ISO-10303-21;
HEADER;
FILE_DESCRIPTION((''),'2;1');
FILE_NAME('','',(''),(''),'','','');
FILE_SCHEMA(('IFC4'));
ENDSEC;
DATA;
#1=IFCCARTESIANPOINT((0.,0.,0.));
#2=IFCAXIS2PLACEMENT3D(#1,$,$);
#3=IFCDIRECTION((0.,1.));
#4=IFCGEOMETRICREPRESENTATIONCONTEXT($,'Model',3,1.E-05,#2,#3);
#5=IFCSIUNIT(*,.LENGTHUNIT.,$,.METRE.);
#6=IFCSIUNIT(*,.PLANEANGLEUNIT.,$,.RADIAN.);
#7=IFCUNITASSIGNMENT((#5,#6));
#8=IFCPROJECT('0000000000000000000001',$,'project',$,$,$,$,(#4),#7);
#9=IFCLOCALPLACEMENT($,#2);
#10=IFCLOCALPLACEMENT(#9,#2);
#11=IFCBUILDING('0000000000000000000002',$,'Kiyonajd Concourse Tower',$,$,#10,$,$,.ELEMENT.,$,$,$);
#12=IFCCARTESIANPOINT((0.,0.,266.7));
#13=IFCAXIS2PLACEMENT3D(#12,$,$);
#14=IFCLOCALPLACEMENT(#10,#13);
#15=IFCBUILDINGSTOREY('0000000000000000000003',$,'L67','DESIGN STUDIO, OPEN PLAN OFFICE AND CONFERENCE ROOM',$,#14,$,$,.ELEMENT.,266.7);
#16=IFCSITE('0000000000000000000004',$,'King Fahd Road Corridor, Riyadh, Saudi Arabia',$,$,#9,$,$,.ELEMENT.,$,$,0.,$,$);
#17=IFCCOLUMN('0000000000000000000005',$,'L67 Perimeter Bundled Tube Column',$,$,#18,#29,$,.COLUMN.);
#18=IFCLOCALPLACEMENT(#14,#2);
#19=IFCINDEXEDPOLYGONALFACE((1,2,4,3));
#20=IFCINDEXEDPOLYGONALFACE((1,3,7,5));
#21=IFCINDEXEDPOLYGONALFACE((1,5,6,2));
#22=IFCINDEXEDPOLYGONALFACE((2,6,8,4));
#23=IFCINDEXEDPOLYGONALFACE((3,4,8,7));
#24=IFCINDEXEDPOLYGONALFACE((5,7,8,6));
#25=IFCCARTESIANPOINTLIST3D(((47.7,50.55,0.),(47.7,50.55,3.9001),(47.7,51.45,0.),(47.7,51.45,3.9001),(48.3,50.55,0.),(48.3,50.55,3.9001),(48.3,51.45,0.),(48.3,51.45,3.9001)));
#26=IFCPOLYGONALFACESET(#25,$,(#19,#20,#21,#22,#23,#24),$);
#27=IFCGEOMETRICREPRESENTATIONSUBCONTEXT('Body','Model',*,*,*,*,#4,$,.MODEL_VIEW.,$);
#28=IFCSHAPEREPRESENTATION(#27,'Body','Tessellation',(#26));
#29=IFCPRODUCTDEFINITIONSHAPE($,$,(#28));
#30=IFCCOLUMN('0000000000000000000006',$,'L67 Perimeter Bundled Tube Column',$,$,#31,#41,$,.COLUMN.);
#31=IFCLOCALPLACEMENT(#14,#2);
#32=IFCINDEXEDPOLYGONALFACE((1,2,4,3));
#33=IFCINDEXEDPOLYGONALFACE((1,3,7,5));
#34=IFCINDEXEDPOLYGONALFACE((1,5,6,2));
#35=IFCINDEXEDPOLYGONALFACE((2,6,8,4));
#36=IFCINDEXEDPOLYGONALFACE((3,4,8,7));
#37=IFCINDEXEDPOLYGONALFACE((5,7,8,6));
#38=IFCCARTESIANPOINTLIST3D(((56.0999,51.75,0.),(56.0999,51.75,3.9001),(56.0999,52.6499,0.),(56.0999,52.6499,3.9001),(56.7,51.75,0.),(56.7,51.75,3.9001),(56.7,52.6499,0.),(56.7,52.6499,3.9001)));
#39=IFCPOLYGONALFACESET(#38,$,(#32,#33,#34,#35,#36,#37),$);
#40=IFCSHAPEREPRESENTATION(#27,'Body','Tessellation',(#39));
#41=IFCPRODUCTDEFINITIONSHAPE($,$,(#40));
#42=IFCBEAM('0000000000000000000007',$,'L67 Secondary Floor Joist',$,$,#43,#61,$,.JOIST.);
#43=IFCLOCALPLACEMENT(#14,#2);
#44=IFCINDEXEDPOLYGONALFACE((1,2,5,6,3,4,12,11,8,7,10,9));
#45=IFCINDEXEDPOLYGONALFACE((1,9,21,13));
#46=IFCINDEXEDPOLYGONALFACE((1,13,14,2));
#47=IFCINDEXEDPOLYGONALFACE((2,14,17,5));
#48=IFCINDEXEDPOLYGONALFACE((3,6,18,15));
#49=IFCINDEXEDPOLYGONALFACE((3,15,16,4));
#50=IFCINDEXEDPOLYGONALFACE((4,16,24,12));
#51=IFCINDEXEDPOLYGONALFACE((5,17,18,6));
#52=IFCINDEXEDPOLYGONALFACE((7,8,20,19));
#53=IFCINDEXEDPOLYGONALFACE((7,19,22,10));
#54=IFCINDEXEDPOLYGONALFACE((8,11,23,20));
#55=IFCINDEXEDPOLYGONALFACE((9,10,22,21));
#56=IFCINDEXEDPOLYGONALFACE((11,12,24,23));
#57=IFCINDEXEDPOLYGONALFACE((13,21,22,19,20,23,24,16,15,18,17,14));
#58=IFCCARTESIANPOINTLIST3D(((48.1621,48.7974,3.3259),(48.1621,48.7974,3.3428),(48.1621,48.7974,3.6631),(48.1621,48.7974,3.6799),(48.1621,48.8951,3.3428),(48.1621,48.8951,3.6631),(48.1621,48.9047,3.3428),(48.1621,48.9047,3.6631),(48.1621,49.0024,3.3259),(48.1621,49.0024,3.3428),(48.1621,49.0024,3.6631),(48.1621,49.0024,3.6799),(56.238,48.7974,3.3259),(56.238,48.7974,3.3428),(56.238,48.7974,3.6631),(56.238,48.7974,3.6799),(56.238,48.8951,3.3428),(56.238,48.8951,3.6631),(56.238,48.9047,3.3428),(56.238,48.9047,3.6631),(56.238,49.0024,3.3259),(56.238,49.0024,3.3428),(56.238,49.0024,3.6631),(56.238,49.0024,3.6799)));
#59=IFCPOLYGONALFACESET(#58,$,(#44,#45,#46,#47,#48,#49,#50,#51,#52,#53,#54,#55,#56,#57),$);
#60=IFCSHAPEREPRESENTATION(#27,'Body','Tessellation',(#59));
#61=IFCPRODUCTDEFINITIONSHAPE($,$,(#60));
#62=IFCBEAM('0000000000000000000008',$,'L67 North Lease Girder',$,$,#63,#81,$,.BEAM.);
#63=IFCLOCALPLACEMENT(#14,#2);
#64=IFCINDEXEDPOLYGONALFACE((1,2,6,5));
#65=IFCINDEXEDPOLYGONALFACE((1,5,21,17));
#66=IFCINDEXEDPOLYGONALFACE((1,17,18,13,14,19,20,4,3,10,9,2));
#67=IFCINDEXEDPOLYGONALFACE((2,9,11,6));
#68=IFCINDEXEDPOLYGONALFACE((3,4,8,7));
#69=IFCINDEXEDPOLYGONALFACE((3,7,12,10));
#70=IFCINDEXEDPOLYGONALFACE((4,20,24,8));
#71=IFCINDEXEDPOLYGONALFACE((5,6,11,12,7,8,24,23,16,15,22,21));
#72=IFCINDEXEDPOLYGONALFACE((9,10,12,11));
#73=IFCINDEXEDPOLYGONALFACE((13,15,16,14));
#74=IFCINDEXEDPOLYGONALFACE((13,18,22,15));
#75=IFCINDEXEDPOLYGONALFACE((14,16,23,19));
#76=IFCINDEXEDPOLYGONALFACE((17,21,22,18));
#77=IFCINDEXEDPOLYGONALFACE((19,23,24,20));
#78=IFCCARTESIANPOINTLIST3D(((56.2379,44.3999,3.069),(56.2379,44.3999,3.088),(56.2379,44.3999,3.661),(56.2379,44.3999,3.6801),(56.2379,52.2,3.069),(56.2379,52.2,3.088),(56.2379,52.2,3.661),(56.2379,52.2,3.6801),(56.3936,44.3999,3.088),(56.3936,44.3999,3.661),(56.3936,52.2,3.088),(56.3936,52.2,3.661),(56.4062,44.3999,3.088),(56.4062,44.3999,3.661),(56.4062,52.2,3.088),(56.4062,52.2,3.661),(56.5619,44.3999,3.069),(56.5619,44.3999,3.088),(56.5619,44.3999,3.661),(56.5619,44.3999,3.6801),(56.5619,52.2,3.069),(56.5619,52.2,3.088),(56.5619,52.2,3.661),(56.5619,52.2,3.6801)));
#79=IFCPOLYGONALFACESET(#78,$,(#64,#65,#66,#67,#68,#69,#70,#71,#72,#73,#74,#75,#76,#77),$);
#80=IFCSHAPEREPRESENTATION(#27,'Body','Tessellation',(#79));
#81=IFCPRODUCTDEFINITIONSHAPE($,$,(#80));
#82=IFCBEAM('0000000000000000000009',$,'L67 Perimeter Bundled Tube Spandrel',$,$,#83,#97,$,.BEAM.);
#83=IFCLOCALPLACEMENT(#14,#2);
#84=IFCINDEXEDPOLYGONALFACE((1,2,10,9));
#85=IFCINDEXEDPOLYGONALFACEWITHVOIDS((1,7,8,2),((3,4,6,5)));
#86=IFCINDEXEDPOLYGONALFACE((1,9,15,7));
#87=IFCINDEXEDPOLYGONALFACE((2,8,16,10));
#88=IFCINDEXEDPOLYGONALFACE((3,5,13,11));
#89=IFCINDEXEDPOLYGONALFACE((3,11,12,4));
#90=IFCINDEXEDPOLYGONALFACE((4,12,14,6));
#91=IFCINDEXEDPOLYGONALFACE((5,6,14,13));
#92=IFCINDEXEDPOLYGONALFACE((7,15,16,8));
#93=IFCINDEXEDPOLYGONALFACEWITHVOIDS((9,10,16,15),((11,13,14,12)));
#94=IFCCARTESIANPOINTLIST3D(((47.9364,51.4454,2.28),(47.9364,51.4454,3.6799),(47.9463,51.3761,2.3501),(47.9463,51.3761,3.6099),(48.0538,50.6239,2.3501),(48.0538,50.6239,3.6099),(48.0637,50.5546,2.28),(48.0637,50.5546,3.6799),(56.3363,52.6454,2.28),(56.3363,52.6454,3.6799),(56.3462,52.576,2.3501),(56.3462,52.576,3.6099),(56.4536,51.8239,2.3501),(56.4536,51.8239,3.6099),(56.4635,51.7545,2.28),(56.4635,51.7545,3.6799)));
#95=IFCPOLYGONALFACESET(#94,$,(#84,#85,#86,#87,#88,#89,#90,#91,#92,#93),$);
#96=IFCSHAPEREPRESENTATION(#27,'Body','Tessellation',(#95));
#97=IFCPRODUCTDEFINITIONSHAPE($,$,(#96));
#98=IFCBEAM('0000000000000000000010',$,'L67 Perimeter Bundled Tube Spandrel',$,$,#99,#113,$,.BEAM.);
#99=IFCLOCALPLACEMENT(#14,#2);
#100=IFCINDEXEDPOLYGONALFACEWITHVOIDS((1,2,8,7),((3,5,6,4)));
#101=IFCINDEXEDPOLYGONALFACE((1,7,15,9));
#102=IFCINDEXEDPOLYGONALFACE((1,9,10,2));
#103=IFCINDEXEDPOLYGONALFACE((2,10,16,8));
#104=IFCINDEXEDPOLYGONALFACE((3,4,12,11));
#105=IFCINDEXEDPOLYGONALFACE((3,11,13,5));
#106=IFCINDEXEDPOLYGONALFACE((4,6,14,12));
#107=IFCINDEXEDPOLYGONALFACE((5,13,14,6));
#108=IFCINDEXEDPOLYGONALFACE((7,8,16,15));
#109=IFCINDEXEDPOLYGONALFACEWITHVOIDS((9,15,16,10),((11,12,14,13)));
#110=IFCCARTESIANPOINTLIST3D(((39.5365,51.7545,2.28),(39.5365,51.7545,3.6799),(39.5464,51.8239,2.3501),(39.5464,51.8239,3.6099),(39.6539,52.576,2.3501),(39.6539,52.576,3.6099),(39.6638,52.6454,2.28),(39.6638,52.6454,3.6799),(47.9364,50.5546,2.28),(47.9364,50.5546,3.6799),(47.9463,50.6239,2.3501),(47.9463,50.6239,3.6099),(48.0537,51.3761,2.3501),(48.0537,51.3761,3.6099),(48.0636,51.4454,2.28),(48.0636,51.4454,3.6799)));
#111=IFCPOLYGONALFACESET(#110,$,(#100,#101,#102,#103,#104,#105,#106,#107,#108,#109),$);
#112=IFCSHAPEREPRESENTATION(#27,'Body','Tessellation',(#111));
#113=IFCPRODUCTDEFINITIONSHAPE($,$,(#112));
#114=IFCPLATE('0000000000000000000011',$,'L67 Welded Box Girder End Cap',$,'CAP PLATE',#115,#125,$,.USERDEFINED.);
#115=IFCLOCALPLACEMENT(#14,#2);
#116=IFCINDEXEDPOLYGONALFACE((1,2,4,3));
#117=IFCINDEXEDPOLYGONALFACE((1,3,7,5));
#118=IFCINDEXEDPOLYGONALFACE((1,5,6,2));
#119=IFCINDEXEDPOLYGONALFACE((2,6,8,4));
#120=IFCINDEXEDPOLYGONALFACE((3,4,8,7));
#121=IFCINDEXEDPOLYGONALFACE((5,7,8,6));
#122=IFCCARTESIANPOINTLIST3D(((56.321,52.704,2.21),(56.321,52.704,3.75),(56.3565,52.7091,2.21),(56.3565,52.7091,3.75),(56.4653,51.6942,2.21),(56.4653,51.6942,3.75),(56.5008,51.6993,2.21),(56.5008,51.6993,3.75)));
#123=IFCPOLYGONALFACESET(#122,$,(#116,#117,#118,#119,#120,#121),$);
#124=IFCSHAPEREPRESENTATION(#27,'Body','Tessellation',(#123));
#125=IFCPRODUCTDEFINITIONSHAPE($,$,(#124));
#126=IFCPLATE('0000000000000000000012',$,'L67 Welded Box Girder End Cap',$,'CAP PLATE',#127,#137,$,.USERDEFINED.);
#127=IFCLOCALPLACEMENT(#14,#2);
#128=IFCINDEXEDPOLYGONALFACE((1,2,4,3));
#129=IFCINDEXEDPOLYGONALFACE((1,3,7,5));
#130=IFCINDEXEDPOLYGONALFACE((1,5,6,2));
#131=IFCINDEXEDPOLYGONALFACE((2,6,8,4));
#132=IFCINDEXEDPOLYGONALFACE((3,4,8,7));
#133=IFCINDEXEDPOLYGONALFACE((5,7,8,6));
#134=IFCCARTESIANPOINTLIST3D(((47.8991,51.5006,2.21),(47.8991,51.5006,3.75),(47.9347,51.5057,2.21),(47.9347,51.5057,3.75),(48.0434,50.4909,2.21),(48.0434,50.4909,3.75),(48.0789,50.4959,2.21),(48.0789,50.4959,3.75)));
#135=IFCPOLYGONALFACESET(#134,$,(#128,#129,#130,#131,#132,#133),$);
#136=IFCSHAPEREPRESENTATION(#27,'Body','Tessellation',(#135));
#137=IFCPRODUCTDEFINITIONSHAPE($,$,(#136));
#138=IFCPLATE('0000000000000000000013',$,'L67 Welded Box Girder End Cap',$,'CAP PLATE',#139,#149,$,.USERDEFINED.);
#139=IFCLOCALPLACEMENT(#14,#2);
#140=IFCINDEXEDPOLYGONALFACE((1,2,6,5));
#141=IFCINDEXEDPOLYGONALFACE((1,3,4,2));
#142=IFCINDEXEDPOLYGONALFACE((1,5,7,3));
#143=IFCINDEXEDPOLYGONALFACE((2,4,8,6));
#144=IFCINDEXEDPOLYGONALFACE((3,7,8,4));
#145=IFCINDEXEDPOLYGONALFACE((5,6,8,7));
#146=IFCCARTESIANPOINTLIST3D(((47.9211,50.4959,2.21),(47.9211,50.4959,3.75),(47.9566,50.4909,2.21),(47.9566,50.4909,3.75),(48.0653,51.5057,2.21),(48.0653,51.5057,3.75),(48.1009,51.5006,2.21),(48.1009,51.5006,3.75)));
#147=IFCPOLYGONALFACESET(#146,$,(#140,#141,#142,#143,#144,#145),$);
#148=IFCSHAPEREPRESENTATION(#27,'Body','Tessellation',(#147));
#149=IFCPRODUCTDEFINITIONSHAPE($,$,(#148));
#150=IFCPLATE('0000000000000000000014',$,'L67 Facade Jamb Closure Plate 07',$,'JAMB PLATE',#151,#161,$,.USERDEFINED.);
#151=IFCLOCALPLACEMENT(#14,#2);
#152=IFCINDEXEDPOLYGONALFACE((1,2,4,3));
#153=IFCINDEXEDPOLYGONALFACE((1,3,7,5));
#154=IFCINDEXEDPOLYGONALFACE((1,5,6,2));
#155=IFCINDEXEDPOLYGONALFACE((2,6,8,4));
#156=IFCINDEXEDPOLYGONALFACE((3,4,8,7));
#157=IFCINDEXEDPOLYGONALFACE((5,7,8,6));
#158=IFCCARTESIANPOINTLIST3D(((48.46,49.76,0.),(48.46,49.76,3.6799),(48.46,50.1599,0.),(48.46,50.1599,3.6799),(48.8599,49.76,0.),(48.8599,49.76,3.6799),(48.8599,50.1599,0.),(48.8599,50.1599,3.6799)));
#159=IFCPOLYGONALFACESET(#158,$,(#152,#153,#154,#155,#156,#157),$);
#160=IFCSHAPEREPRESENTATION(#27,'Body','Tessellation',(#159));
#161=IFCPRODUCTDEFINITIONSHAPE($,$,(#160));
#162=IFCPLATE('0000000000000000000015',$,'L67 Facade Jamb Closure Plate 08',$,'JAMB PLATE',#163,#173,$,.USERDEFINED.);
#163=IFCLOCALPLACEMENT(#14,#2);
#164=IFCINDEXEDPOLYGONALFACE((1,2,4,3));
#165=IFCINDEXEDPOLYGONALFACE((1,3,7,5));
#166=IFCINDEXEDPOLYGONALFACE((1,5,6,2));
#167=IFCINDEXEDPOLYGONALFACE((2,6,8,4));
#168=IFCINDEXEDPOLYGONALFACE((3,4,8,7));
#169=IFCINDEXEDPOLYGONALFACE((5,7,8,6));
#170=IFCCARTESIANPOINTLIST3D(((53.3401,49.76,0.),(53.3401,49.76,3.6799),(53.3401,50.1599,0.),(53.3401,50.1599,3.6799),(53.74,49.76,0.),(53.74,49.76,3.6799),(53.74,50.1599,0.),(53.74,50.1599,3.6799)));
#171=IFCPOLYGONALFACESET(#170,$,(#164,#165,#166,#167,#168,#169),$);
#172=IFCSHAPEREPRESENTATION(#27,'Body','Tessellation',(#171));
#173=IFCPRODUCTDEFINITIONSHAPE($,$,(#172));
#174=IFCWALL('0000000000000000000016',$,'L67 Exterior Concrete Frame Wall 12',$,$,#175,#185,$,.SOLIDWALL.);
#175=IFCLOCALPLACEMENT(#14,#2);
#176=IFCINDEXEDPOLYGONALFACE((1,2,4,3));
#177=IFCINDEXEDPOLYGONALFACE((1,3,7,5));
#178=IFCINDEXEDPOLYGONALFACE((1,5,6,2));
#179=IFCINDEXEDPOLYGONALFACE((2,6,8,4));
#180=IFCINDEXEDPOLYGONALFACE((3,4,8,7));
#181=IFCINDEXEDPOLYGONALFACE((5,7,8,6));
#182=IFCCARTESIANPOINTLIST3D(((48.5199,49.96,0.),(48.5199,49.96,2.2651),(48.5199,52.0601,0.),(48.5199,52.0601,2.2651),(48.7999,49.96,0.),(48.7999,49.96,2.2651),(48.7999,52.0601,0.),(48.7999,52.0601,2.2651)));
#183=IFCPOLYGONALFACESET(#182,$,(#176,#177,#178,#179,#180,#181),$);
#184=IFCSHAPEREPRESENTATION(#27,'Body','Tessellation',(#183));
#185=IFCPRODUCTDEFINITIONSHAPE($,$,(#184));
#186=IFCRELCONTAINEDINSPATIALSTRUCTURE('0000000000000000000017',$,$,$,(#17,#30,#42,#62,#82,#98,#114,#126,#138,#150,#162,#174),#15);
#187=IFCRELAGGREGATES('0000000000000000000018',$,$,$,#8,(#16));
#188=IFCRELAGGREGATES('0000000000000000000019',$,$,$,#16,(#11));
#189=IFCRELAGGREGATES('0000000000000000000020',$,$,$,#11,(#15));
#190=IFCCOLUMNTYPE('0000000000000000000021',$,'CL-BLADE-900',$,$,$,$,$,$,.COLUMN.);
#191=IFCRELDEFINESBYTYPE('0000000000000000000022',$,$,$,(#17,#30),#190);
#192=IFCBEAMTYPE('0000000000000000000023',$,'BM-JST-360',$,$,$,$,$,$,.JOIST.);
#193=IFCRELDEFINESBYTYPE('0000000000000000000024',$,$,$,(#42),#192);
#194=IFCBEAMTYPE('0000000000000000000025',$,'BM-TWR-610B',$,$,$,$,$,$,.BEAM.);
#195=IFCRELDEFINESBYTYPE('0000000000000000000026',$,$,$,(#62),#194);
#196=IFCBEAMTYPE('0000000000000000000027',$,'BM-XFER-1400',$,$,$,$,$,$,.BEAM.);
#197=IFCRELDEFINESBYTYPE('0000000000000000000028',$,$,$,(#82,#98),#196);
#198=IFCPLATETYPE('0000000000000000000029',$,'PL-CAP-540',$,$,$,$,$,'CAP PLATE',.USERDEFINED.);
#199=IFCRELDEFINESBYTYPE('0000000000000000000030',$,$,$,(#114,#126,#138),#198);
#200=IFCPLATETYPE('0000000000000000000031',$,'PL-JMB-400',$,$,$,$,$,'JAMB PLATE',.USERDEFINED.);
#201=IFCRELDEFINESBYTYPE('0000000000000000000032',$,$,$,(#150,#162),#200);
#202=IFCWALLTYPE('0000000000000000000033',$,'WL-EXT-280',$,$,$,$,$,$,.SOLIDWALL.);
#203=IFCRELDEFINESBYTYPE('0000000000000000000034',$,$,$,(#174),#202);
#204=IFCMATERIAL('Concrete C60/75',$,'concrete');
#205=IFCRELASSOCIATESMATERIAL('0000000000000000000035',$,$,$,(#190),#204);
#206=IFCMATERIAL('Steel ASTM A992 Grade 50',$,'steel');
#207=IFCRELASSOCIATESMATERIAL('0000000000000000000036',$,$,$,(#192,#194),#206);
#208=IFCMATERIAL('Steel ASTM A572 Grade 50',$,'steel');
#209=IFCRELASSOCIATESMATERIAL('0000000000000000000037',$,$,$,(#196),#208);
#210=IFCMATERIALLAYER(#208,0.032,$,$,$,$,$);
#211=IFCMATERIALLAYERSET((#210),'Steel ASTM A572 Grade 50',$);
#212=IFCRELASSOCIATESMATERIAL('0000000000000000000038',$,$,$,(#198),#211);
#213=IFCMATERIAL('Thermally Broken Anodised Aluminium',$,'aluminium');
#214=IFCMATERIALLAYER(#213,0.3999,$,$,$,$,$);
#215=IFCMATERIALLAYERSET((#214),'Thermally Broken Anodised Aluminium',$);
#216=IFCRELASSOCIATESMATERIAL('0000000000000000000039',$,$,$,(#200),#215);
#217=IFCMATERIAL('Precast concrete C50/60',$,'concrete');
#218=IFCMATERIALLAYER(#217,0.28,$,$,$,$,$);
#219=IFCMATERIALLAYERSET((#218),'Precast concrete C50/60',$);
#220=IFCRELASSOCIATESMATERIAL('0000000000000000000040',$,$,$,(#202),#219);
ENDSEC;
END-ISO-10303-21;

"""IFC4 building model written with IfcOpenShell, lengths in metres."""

from ifc_helpers import new_model, si_unit, direction, frame, frame_2d, origin, origin_2d, place, context, subcontext, project, spatial, rectangle, hollow_rectangle, i_section, extrude, material, layer, layer_set, material_profile, profile_set, type_object, element, save


model = new_model("IFC4")

# Units and contexts
model_context = context("Model", 3, precision=1e-05, world=origin(), true_north=direction((0.0, 1.0)))
body_context = subcontext(model_context, "Body", "Model", "MODEL_VIEW")
ifc_project = project(units=[si_unit("LENGTHUNIT", "METRE"), si_unit("PLANEANGLEUNIT", "RADIAN")], contexts=[model_context])

# Site, building, storey
site_placement = place(None, origin())
site = spatial("IfcSite", under=ifc_project, at=site_placement, Name="King Fahd Road Corridor, Riyadh, Saudi Arabia", CompositionType="ELEMENT", RefElevation=0.0)
building_placement = place(site_placement, origin())
building = spatial("IfcBuilding", under=site, at=building_placement, Name="Kiyonajd Concourse Tower", CompositionType="ELEMENT")
storey_placement = place(building_placement, frame((0.0, 0.0, 266.7)))
storey = spatial("IfcBuildingStorey", under=building, at=storey_placement, Name="L67", Description="DESIGN STUDIO, OPEN PLAN OFFICE AND CONFERENCE ROOM", CompositionType="ELEMENT", Elevation=266.7)

# Columns
ifc_material_1 = material(Name="Concrete C60/75", Category="concrete")
ifc_material_profile_1 = material_profile(ifc_material_1, rectangle(XDim=0.6001, YDim=0.8999, at=origin_2d()), Name="RC-900x600")
ifc_profile_set_1 = profile_set([ifc_material_profile_1], Name="Concrete C60/75")
column_type = type_object("IfcColumnType", Name="CL-BLADE-900", PredefinedType="COLUMN", material=ifc_profile_set_1)
for number, where, z_axis, x_axis, name in (
    (1, (48.0, 51.0, 0.0), (0.0, 0.0, 1.0), (1.0, 0.0, 0.0), "L67 Perimeter Bundled Tube Column"),
    (2, (56.3999, 52.2, 0.0), (0.0, 0.0, 1.0), (1.0, 0.0, 0.0), "L67 Perimeter Bundled Tube Column"),
):
    element("IfcColumn", number, at=place(storey_placement, frame(where, z_axis=z_axis, x_axis=x_axis)), inside=storey, type_object=column_type, Name=name, PredefinedType="COLUMN", context=body_context, shape_type="SweptSolid", body=[
        extrude(rectangle(XDim=0.6001, YDim=0.8999, at=origin_2d()), origin(), (0.0, 0.0, 1.0), 3.9001),
    ])

# Beams
ifc_material_2 = material(Name="Steel ASTM A992 Grade 50", Category="steel")
ifc_material_profile_2 = material_profile(ifc_material_2, i_section(OverallWidth=0.2051, OverallDepth=0.354, WebThickness=0.0095, FlangeThickness=0.0168, at=origin_2d()), Name="W360X79")
ifc_profile_set_2 = profile_set([ifc_material_profile_2], Name="Steel ASTM A992 Grade 50")
beam_type_1 = type_object("IfcBeamType", Name="BM-JST-360", PredefinedType="JOIST", material=ifc_profile_set_2)
beam_1_placement = place(storey_placement, frame((48.1621, 48.8999, 3.5029), z_axis=(1.0, 0.0, 0.0), x_axis=(0.0, 1.0, 0.0)))
element("IfcBeam", 3, at=beam_1_placement, inside=storey, type_object=beam_type_1, Name="L67 Secondary Floor Joist", PredefinedType="JOIST", context=body_context, shape_type="SweptSolid", body=[
    extrude(i_section(OverallWidth=0.2051, OverallDepth=0.354, WebThickness=0.0095, FlangeThickness=0.0168, at=origin_2d()), origin(), (0.0, 0.0, 1.0), 8.0759),
])
ifc_material_profile_3 = material_profile(ifc_material_2, i_section(OverallWidth=0.324, OverallDepth=0.6111, WebThickness=0.0127, FlangeThickness=0.019, at=origin_2d()), Name="W610X155")
ifc_profile_set_3 = profile_set([ifc_material_profile_3], Name="Steel ASTM A992 Grade 50")
beam_type_2 = type_object("IfcBeamType", Name="BM-TWR-610B", PredefinedType="BEAM", material=ifc_profile_set_3)
beam_2_placement = place(storey_placement, frame((56.3999, 44.3999, 3.3745), z_axis=(0.0, 1.0, 0.0), x_axis=(-1.0, 0.0, 0.0)))
element("IfcBeam", 4, at=beam_2_placement, inside=storey, type_object=beam_type_2, Name="L67 North Lease Girder", PredefinedType="BEAM", context=body_context, shape_type="SweptSolid", body=[
    extrude(i_section(OverallWidth=0.324, OverallDepth=0.6111, WebThickness=0.0127, FlangeThickness=0.019, at=origin_2d()), origin(), (0.0, 0.0, 1.0), 7.8),
])
ifc_material_3 = material(Name="Steel ASTM A572 Grade 50", Category="steel")
ifc_material_profile_4 = material_profile(ifc_material_3, hollow_rectangle(XDim=0.8999, YDim=1.3999, WallThickness=0.0701, at=origin_2d()), Name="BOX-1400x900x70")
ifc_profile_set_4 = profile_set([ifc_material_profile_4], Name="Steel ASTM A572 Grade 50")
beam_type_3 = type_object("IfcBeamType", Name="BM-XFER-1400", PredefinedType="BEAM", material=ifc_profile_set_4)
for number, where, z_axis, x_axis, name in (
    (5, (56.3999, 52.2, 2.98), (-0.98995, -0.141417, 0.0), (0.141417, -0.98995, 0.0), "L67 Perimeter Bundled Tube Spandrel"),
    (6, (48.0, 51.0, 2.98), (-0.98995, 0.141417, 0.0), (-0.141417, -0.98995, 0.0), "L67 Perimeter Bundled Tube Spandrel"),
):
    element("IfcBeam", number, at=place(storey_placement, frame(where, z_axis=z_axis, x_axis=x_axis)), inside=storey, type_object=beam_type_3, Name=name, PredefinedType="BEAM", context=body_context, shape_type="SweptSolid", body=[
        extrude(hollow_rectangle(XDim=0.8999, YDim=1.3999, WallThickness=0.0701, at=origin_2d()), origin(), (0.0, 0.0, 1.0), 8.4851),
    ])

# Plates
ifc_layer_1 = layer(ifc_material_3, 0.032)
ifc_layer_set_1 = layer_set([ifc_layer_1], Name="Steel ASTM A572 Grade 50")
plate_type_1 = type_object("IfcPlateType", Name="PL-CAP-540", ElementType="CAP PLATE", PredefinedType="USERDEFINED", material=ifc_layer_set_1)
for number, where, z_axis, x_axis, name in (
    (7, (56.4109, 52.2017, 2.21), (0.0, 0.0, 1.0), (0.98995, 0.14142, 0.0), "L67 Welded Box Girder End Cap"),
    (8, (47.989, 50.9983, 2.21), (0.0, 0.0, 1.0), (-0.98995, -0.14142, 0.0), "L67 Welded Box Girder End Cap"),
    (9, (48.011, 50.9983, 2.21), (0.0, 0.0, 1.0), (0.98995, -0.14142, 0.0), "L67 Welded Box Girder End Cap"),
):
    element("IfcPlate", number, at=place(storey_placement, frame(where, z_axis=z_axis, x_axis=x_axis)), inside=storey, type_object=plate_type_1, Name=name, ObjectType="CAP PLATE", PredefinedType="USERDEFINED", context=body_context, shape_type="SweptSolid", body=[
        extrude(rectangle(XDim=0.0359, YDim=1.02, at=origin_2d()), origin(), (0.0, 0.0, 1.0), 1.54),
    ])
ifc_material_4 = material(Name="Thermally Broken Anodised Aluminium", Category="aluminium")
ifc_layer_2 = layer(ifc_material_4, 0.3999)
ifc_layer_set_2 = layer_set([ifc_layer_2], Name="Thermally Broken Anodised Aluminium")
plate_type_2 = type_object("IfcPlateType", Name="PL-JMB-400", ElementType="JAMB PLATE", PredefinedType="USERDEFINED", material=ifc_layer_set_2)
for number, where, z_axis, x_axis, name in (
    (10, (48.6599, 49.96, 0.0), (0.0, 0.0, 1.0), (1.0, 0.0, 0.0), "L67 Facade Jamb Closure Plate 07"),
    (11, (53.54, 49.96, 0.0), (0.0, 0.0, 1.0), (1.0, 0.0, 0.0), "L67 Facade Jamb Closure Plate 08"),
):
    element("IfcPlate", number, at=place(storey_placement, frame(where, z_axis=z_axis, x_axis=x_axis)), inside=storey, type_object=plate_type_2, Name=name, ObjectType="JAMB PLATE", PredefinedType="USERDEFINED", context=body_context, shape_type="SweptSolid", body=[
        extrude(rectangle(XDim=0.3999, YDim=0.3999, at=origin_2d()), origin(), (0.0, 0.0, 1.0), 3.6799),
    ])

# Wall
ifc_material_5 = material(Name="Precast concrete C50/60", Category="concrete")
ifc_layer_3 = layer(ifc_material_5, 0.28)
ifc_layer_set_3 = layer_set([ifc_layer_3], Name="Precast concrete C50/60")
wall_type_1 = type_object("IfcWallType", Name="WL-EXT-280", PredefinedType="SOLIDWALL", material=ifc_layer_set_3)
wall_1_placement = place(storey_placement, frame((48.6599, 52.0601, 0.0), z_axis=(0.0, 0.0, 1.0), x_axis=(0.0, -1.0, 0.0)))
element("IfcWall", 12, at=wall_1_placement, inside=storey, type_object=wall_type_1, Name="L67 Exterior Concrete Frame Wall 12", PredefinedType="SOLIDWALL", context=body_context, shape_type="SweptSolid", body=[
    extrude(rectangle(XDim=2.1001, YDim=0.28, at=frame_2d((1.05, 0.0))), origin(), (0.0, 0.0, 1.0), 2.2651),
])

save(model, "model.ifc")
